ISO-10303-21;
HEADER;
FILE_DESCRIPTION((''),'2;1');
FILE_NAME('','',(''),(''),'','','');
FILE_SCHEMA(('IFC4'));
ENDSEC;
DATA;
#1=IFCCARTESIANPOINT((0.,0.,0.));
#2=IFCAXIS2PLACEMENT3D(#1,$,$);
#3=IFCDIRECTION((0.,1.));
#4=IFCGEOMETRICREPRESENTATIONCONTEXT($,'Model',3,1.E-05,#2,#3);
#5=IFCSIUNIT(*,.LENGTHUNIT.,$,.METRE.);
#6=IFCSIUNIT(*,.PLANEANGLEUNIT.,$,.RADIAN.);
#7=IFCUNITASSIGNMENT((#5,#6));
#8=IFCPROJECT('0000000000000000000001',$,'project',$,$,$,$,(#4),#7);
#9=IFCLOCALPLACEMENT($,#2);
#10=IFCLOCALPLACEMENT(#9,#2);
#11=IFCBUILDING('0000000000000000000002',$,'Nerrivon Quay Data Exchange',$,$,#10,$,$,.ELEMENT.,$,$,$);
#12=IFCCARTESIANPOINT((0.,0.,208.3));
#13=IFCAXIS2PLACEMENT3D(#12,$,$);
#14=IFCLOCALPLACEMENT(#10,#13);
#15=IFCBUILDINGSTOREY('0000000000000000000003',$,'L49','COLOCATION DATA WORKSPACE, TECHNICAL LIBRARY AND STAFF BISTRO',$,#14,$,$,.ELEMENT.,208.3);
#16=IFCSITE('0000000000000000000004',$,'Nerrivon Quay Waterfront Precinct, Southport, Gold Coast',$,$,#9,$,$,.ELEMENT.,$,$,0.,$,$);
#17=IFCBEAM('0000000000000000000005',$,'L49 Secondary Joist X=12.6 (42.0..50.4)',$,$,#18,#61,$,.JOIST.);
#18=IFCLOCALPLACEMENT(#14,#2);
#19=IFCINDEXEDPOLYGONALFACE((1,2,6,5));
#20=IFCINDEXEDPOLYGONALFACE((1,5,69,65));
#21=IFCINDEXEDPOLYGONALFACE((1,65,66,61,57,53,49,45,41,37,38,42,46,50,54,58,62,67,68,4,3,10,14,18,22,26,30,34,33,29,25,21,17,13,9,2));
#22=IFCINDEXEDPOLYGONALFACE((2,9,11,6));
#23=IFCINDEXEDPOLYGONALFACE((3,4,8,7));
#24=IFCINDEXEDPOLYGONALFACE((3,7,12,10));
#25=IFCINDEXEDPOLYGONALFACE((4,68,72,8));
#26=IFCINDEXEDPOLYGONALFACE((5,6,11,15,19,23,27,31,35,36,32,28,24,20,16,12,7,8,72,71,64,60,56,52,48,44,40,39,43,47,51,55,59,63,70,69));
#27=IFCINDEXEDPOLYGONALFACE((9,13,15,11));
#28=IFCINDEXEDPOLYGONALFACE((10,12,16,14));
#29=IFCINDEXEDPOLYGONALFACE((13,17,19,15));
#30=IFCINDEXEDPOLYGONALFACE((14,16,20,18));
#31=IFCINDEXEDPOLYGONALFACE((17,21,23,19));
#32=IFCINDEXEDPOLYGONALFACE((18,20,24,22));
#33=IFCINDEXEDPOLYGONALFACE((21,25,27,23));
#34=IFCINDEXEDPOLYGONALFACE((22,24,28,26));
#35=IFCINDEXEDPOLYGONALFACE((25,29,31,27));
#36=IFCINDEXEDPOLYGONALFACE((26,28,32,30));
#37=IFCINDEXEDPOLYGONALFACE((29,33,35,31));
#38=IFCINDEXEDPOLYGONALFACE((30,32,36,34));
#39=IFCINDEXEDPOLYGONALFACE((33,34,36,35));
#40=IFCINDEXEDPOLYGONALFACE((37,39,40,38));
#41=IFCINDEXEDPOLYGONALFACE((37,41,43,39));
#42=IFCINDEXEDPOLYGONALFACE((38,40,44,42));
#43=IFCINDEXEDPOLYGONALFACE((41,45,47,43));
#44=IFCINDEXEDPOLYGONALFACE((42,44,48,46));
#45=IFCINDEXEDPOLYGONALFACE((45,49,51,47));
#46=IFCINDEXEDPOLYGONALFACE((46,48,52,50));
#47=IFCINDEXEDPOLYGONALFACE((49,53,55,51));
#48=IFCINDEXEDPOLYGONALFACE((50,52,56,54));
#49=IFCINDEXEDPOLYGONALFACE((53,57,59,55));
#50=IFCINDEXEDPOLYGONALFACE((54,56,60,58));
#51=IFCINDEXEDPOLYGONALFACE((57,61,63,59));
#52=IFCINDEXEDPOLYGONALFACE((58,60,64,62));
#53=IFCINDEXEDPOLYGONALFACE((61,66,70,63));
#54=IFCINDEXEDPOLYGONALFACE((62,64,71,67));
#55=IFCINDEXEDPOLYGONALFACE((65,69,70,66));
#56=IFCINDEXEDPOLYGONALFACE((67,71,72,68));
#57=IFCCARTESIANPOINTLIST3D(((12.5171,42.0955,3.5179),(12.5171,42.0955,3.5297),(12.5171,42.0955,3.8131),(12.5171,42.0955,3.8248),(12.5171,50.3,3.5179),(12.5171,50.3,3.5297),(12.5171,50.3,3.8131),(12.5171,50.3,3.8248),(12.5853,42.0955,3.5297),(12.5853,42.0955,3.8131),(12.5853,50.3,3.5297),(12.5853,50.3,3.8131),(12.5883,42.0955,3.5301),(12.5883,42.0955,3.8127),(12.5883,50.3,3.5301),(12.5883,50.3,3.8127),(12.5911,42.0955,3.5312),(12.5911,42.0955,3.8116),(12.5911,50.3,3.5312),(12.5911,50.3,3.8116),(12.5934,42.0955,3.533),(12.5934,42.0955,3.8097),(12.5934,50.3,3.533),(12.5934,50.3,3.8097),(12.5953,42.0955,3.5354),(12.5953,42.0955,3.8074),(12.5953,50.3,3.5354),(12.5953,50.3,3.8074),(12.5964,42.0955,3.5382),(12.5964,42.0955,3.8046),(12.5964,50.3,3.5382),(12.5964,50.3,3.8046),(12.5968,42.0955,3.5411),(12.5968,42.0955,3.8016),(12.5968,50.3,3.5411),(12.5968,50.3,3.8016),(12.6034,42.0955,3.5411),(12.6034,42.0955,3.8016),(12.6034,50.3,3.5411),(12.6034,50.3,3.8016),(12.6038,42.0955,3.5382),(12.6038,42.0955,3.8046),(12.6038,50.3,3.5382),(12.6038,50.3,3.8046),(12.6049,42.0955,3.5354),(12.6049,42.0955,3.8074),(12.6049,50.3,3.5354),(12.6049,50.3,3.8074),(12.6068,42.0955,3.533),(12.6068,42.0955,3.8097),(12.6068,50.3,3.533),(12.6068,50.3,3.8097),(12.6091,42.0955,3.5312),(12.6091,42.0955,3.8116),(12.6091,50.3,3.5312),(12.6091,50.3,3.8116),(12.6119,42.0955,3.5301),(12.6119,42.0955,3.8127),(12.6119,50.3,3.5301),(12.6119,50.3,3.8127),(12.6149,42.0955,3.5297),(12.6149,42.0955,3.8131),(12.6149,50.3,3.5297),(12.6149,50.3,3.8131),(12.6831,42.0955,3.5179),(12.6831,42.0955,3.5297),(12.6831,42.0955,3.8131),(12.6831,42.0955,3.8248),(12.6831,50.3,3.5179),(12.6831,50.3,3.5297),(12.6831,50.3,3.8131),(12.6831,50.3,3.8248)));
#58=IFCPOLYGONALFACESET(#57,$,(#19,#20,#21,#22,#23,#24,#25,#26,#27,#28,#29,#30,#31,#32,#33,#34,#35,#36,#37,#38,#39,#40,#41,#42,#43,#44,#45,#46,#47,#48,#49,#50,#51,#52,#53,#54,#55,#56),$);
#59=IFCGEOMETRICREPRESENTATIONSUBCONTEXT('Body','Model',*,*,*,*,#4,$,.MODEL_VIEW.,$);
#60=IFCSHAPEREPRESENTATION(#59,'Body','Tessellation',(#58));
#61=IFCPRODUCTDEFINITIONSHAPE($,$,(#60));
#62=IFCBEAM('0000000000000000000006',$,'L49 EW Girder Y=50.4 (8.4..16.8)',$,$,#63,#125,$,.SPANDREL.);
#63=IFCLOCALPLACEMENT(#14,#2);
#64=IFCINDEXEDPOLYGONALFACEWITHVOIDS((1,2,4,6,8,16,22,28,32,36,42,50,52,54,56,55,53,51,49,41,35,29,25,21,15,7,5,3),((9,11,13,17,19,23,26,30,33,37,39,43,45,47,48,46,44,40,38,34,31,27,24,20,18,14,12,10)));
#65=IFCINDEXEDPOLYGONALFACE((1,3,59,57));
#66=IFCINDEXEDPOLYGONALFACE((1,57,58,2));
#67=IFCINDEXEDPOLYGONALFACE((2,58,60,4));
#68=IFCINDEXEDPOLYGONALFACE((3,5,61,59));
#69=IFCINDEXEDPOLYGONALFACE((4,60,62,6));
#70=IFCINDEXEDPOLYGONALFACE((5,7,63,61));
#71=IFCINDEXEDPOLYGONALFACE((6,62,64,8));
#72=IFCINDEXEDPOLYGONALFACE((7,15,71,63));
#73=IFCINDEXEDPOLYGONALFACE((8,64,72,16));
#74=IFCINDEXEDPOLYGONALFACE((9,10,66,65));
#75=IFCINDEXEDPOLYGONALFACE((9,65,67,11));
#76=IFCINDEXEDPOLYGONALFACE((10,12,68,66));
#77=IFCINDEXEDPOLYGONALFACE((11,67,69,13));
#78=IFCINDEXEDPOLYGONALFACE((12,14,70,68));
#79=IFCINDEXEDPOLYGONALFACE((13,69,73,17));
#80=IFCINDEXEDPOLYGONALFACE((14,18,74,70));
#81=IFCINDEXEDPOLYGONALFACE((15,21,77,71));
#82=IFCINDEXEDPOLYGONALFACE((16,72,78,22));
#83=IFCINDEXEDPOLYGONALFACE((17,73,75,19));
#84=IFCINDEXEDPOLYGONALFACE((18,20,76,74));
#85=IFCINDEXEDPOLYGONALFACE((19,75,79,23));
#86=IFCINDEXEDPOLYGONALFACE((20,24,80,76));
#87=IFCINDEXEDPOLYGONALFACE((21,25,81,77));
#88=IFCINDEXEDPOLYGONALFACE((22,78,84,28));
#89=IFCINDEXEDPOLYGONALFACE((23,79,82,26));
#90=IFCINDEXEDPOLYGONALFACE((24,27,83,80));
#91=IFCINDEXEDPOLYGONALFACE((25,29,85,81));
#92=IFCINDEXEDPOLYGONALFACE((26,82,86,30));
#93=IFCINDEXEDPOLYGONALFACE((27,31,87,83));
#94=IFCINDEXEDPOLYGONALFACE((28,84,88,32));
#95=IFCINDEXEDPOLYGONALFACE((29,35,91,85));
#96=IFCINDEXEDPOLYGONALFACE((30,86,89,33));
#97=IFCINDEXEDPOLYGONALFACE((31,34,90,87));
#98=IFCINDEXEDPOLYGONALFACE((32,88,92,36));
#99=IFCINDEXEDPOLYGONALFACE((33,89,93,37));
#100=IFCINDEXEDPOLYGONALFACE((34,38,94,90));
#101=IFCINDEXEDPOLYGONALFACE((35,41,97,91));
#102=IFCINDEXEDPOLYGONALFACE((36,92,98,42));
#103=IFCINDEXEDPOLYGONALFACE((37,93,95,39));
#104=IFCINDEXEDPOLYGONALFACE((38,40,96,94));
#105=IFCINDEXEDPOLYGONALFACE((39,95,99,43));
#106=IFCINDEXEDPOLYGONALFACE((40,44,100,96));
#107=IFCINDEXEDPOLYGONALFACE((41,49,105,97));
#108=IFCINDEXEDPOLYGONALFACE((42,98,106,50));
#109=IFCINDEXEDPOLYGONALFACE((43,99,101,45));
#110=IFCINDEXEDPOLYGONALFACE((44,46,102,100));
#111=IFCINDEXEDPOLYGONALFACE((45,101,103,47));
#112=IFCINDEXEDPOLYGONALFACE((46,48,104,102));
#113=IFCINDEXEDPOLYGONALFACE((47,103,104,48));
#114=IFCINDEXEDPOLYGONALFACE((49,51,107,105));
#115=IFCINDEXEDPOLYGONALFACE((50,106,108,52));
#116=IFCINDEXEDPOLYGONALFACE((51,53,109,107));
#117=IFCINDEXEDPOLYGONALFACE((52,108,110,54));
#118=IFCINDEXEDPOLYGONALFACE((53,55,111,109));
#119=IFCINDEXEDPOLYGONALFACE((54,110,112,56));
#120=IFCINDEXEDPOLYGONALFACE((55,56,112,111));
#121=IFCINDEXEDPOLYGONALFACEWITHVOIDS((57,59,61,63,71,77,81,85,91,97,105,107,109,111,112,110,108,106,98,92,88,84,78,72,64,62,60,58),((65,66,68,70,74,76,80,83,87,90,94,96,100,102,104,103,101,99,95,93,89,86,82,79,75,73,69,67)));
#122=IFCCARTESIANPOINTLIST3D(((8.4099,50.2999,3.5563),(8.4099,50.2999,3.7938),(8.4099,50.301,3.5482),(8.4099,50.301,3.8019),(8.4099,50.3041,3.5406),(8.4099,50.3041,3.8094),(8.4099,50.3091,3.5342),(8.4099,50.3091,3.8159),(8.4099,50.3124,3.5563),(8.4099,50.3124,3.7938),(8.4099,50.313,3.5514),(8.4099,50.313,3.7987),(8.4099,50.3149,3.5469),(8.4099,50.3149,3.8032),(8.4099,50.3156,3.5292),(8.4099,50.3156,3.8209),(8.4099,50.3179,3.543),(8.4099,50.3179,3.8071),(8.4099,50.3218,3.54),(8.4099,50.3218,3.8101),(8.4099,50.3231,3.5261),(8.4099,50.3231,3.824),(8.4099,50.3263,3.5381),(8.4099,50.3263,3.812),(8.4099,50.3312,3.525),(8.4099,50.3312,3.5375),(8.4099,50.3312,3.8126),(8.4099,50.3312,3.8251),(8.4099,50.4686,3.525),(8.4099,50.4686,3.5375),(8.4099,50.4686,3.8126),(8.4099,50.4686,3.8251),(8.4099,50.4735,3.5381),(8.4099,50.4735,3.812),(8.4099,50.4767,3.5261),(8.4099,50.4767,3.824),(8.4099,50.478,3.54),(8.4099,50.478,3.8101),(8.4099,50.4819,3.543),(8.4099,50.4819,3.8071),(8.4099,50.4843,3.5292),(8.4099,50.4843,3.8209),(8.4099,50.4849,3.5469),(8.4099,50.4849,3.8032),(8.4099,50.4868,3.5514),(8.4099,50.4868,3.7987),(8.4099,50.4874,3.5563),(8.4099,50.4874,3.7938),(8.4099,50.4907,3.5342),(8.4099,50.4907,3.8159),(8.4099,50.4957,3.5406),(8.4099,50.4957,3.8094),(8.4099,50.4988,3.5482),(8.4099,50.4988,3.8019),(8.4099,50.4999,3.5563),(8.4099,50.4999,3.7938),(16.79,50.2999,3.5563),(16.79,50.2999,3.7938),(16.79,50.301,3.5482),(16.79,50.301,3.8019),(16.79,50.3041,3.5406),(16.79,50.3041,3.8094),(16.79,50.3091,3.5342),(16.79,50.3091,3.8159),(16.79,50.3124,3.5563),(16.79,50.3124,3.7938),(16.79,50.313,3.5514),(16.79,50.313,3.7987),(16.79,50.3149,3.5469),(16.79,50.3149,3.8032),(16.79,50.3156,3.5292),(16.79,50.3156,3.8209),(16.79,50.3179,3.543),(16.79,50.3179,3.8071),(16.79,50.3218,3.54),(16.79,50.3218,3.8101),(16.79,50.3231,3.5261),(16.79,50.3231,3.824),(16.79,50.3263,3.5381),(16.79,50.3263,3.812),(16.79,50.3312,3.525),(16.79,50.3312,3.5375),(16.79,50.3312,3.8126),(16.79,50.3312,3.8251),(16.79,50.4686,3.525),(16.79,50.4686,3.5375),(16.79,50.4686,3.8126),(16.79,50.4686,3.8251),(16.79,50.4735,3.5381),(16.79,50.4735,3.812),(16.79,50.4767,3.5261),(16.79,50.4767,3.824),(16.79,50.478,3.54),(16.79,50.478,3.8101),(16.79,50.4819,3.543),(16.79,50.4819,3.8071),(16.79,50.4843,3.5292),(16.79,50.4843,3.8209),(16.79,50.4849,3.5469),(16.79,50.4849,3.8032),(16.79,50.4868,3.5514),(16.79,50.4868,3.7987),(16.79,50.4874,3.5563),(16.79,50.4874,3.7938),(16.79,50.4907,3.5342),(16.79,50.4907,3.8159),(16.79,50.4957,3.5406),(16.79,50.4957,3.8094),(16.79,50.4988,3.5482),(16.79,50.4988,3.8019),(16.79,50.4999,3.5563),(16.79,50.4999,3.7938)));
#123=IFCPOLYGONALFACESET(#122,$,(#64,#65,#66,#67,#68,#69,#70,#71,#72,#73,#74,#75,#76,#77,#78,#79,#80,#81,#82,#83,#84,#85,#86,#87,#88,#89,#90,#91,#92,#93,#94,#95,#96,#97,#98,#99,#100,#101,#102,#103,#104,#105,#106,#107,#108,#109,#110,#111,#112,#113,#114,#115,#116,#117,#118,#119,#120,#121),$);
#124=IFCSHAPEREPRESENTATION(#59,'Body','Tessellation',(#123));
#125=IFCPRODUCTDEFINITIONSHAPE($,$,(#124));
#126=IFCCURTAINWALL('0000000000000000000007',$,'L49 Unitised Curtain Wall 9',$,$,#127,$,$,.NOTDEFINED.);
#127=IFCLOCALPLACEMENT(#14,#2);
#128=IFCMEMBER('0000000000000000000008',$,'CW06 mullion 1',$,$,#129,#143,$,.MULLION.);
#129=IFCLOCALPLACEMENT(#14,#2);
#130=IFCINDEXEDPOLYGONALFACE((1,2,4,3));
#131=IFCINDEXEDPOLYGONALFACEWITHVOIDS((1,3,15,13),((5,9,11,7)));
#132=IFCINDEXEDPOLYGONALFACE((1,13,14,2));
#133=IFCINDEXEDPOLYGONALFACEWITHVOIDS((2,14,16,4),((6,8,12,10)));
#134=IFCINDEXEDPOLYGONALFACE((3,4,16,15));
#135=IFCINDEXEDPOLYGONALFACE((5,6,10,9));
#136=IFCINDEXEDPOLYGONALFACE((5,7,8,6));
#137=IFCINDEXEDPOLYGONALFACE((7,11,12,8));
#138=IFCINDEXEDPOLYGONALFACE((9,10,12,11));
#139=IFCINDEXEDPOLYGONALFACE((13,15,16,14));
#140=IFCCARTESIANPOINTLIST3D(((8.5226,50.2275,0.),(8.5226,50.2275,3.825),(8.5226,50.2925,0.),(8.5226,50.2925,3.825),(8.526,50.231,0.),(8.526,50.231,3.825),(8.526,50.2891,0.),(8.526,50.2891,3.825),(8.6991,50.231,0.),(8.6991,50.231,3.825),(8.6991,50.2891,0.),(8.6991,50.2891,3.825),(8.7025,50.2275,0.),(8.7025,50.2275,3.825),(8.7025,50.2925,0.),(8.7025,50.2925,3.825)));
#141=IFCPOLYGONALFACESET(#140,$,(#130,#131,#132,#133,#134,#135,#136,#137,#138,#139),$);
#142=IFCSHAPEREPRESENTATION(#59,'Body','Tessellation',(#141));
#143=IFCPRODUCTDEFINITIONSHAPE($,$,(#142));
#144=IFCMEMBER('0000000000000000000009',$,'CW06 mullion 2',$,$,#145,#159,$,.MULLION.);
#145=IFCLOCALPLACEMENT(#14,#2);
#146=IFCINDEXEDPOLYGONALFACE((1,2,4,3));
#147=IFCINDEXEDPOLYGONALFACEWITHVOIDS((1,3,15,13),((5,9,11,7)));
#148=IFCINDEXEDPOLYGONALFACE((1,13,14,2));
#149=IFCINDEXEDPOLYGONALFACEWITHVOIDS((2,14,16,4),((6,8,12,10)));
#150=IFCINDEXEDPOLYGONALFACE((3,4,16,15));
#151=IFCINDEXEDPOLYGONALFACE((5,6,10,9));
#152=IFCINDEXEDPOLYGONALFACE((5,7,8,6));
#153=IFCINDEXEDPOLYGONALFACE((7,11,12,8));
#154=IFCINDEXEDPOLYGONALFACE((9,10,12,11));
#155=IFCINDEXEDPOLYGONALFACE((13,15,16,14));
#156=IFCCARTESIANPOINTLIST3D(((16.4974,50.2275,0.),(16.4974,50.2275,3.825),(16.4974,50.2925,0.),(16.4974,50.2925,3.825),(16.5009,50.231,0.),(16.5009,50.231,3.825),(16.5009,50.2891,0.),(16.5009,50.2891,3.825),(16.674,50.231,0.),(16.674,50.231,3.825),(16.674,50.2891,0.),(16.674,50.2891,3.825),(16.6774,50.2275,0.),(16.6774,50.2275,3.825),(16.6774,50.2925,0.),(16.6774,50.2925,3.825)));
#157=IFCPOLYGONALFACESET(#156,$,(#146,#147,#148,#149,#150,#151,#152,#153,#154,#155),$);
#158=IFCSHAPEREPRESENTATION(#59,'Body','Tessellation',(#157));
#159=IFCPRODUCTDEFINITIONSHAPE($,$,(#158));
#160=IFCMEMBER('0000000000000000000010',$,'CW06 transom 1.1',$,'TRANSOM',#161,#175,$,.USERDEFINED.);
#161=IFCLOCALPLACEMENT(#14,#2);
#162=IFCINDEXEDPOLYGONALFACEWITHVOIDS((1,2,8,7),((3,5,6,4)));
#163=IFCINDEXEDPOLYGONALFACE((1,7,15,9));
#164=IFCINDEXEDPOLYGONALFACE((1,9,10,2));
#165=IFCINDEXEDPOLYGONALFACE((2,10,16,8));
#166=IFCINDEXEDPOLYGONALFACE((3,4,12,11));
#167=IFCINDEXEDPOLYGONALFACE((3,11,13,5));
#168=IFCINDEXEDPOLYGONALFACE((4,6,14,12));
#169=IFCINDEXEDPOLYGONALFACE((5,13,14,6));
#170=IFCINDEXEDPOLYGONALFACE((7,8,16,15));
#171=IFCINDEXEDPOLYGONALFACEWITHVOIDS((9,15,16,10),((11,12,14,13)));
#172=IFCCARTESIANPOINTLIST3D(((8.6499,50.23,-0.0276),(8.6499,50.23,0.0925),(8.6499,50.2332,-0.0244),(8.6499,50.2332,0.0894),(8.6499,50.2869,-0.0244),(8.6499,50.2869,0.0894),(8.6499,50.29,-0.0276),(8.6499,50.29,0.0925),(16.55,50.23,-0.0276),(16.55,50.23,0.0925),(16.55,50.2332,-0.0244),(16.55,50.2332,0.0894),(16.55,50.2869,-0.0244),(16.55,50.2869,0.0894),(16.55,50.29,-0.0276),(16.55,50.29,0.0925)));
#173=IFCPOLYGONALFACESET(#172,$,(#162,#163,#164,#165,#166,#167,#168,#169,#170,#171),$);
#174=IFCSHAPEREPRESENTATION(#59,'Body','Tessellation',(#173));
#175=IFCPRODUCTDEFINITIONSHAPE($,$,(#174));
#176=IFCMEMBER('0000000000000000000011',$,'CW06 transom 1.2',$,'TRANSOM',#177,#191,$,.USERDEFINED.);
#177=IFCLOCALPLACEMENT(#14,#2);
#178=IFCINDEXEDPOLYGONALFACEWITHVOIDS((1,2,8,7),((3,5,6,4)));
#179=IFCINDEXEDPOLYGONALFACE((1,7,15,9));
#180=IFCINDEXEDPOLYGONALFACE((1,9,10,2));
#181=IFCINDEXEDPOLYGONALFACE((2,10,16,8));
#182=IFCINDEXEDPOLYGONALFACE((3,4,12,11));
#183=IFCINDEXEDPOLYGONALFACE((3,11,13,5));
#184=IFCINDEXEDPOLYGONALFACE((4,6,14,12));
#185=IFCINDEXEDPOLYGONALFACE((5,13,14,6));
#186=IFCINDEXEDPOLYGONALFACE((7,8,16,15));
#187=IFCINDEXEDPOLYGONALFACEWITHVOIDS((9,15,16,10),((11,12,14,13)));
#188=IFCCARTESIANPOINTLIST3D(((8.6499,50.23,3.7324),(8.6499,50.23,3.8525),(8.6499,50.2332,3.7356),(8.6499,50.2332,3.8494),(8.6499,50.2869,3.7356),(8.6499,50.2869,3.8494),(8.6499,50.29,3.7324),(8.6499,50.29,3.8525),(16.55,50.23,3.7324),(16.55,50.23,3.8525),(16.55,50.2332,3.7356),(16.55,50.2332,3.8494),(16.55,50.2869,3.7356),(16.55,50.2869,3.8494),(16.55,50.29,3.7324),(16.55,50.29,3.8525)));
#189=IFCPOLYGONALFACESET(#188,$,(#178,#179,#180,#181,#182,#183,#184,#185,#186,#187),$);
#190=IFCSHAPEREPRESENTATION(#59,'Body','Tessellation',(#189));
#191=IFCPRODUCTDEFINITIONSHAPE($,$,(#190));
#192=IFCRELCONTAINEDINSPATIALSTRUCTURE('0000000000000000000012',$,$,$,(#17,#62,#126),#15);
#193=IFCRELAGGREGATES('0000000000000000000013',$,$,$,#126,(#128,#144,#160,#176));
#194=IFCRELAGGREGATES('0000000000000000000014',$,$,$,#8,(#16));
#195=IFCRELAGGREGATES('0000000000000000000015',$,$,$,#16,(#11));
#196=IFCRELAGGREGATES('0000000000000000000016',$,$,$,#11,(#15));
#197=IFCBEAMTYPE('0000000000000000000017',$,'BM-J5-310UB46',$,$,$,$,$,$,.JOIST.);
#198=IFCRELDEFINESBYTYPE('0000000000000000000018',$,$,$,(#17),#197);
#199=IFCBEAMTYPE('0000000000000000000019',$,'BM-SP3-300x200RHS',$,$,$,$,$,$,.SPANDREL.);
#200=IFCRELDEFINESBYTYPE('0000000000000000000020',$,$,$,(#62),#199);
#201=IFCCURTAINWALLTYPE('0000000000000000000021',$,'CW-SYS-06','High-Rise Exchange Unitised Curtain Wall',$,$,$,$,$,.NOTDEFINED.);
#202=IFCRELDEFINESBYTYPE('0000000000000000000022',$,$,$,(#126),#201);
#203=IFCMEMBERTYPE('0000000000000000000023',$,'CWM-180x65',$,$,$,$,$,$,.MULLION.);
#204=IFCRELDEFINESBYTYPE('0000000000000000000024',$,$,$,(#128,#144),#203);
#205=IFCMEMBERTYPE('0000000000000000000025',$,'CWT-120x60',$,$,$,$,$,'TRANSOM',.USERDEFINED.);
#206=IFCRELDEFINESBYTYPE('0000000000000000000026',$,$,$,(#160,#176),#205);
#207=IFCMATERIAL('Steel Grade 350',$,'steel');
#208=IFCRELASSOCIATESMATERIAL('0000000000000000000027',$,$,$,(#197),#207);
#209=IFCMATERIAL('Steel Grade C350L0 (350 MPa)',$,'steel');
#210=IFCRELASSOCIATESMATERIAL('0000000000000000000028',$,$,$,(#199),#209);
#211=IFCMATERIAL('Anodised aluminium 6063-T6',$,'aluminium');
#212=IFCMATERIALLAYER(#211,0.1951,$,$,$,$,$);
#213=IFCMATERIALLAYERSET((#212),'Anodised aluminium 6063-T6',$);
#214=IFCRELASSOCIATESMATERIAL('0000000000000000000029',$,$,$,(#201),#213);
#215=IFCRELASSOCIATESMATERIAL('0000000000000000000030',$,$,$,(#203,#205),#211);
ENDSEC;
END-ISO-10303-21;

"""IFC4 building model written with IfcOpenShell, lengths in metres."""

from ifc_helpers import new_model, si_unit, direction, frame, origin, origin_2d, place, context, subcontext, project, spatial, hollow_rectangle, i_section, extrude, material, layer, layer_set, material_profile, profile_set, type_object, element, aggregate, save


model = new_model("IFC4")

# Units and contexts
model_context = context("Model", 3, precision=1e-05, world=origin(), true_north=direction((0.0, 1.0)))
body_context = subcontext(model_context, "Body", "Model", "MODEL_VIEW")
ifc_project = project(units=[si_unit("LENGTHUNIT", "METRE"), si_unit("PLANEANGLEUNIT", "RADIAN")], contexts=[model_context])

# Site, building, storey
site_placement = place(None, origin())
site = spatial("IfcSite", under=ifc_project, at=site_placement, Name="Nerrivon Quay Waterfront Precinct, Southport, Gold Coast", CompositionType="ELEMENT", RefElevation=0.0)
building_placement = place(site_placement, origin())
building = spatial("IfcBuilding", under=site, at=building_placement, Name="Nerrivon Quay Data Exchange", CompositionType="ELEMENT")
storey_placement = place(building_placement, frame((0.0, 0.0, 208.3)))
storey = spatial("IfcBuildingStorey", under=building, at=storey_placement, Name="L49", Description="COLOCATION DATA WORKSPACE, TECHNICAL LIBRARY AND STAFF BISTRO", CompositionType="ELEMENT", Elevation=208.3)

# Shared definitions
ifc_material_1 = material(Name="Steel Grade 350", Category="steel")

# Beams
ifc_material_profile_1 = material_profile(ifc_material_1, i_section(OverallWidth=0.166, OverallDepth=0.3069, WebThickness=0.0066, FlangeThickness=0.0117, FilletRadius=0.0115, at=origin_2d()), Name="310UB46.2")
ifc_profile_set_1 = profile_set([ifc_material_profile_1], Name="Steel Grade 350")
beam_type_1 = type_object("IfcBeamType", Name="BM-J5-310UB46", PredefinedType="JOIST", material=ifc_profile_set_1)
beam_1_placement = place(storey_placement, frame((12.6001, 42.0955, 3.6714), z_axis=(0.0, 1.0, 0.0), x_axis=(-1.0, 0.0, 0.0)))
element("IfcBeam", 1, at=beam_1_placement, inside=storey, type_object=beam_type_1, Name="L49 Secondary Joist X=12.6 (42.0..50.4)", PredefinedType="JOIST", context=body_context, shape_type="SweptSolid", body=[
    extrude(i_section(OverallWidth=0.166, OverallDepth=0.3069, WebThickness=0.0066, FlangeThickness=0.0117, FilletRadius=0.0115, at=origin_2d()), origin(), (0.0, 0.0, 1.0), 8.2046),
])
ifc_material_2 = material(Name="Steel Grade C350L0 (350 MPa)", Category="steel")
ifc_material_profile_2 = material_profile(ifc_material_2, hollow_rectangle(XDim=0.2, YDim=0.3, WallThickness=0.0125, InnerFilletRadius=0.0188, OuterFilletRadius=0.0312, at=origin_2d()), Name="300x200x12.5RHS")
ifc_profile_set_2 = profile_set([ifc_material_profile_2], Name="Steel Grade C350L0 (350 MPa)")
beam_type_2 = type_object("IfcBeamType", Name="BM-SP3-300x200RHS", PredefinedType="SPANDREL", material=ifc_profile_set_2)
beam_2_placement = place(storey_placement, frame((8.4099, 50.3999, 3.675), z_axis=(1.0, 0.0, 0.0), x_axis=(0.0, 1.0, 0.0)))
element("IfcBeam", 2, at=beam_2_placement, inside=storey, type_object=beam_type_2, Name="L49 EW Girder Y=50.4 (8.4..16.8)", PredefinedType="SPANDREL", context=body_context, shape_type="SweptSolid", body=[
    extrude(hollow_rectangle(XDim=0.2, YDim=0.3, WallThickness=0.0125, InnerFilletRadius=0.0188, OuterFilletRadius=0.0312, at=origin_2d()), origin(), (0.0, 0.0, 1.0), 8.3801),
])

# Curtain wall, members
ifc_material_3 = material(Name="Anodised aluminium 6063-T6", Category="aluminium")
ifc_layer_1 = layer(ifc_material_3, 0.1951)
ifc_layer_set_1 = layer_set([ifc_layer_1], Name="Anodised aluminium 6063-T6")
curtain_wall_type = type_object("IfcCurtainWallType", Name="CW-SYS-06", Description="High-Rise Exchange Unitised Curtain Wall", PredefinedType="NOTDEFINED", material=ifc_layer_set_1)
curtain_wall_placement = place(storey_placement, origin())
curtain_wall = element("IfcCurtainWall", 3, at=curtain_wall_placement, inside=storey, type_object=curtain_wall_type, Name="L49 Unitised Curtain Wall 9", PredefinedType="NOTDEFINED")
ifc_material_profile_3 = material_profile(ifc_material_3, hollow_rectangle(XDim=0.0649, YDim=0.1799, WallThickness=0.0034, at=origin_2d()), Name="ALU-MULL-180x65")
ifc_profile_set_3 = profile_set([ifc_material_profile_3], Name="Anodised aluminium 6063-T6")
member_type_1 = type_object("IfcMemberType", Name="CWM-180x65", PredefinedType="MULLION", material=ifc_profile_set_3)
member_1_placement = place(storey_placement, frame((8.6125, 50.26, 0.0), z_axis=(0.0, 0.0, 1.0), x_axis=(0.0, 1.0, 0.0)))
member_1 = element("IfcMember", 4, at=member_1_placement, type_object=member_type_1, Name="CW06 mullion 1", PredefinedType="MULLION", context=body_context, shape_type="SweptSolid", body=[
    extrude(hollow_rectangle(XDim=0.0649, YDim=0.1799, WallThickness=0.0034, at=origin_2d()), origin(), (0.0, 0.0, 1.0), 3.825),
])
member_2_placement = place(storey_placement, frame((16.5874, 50.26, 0.0), z_axis=(0.0, 0.0, 1.0), x_axis=(0.0, 1.0, 0.0)))
member_2 = element("IfcMember", 5, at=member_2_placement, type_object=member_type_1, Name="CW06 mullion 2", PredefinedType="MULLION", context=body_context, shape_type="SweptSolid", body=[
    extrude(hollow_rectangle(XDim=0.0649, YDim=0.1799, WallThickness=0.0034, at=origin_2d()), origin(), (0.0, 0.0, 1.0), 3.825),
])
ifc_material_profile_4 = material_profile(ifc_material_3, hollow_rectangle(XDim=0.0601, YDim=0.1201, WallThickness=0.0032, at=origin_2d()), Name="ALU-TRAN-120x60")
ifc_profile_set_4 = profile_set([ifc_material_profile_4], Name="Anodised aluminium 6063-T6")
member_type_2 = type_object("IfcMemberType", Name="CWT-120x60", ElementType="TRANSOM", PredefinedType="USERDEFINED", material=ifc_profile_set_4)
member_3_placement = place(storey_placement, frame((8.6499, 50.26, 0.0325), z_axis=(1.0, 0.0, 0.0), x_axis=(0.0, 1.0, 0.0)))
member_3 = element("IfcMember", 6, at=member_3_placement, type_object=member_type_2, Name="CW06 transom 1.1", ObjectType="TRANSOM", PredefinedType="USERDEFINED", context=body_context, shape_type="SweptSolid", body=[
    extrude(hollow_rectangle(XDim=0.0601, YDim=0.1201, WallThickness=0.0032, at=origin_2d()), origin(), (0.0, 0.0, 1.0), 7.9001),
])
member_4_placement = place(storey_placement, frame((8.6499, 50.26, 3.7925), z_axis=(1.0, 0.0, 0.0), x_axis=(0.0, 1.0, 0.0)))
member_4 = element("IfcMember", 7, at=member_4_placement, type_object=member_type_2, Name="CW06 transom 1.2", ObjectType="TRANSOM", PredefinedType="USERDEFINED", context=body_context, shape_type="SweptSolid", body=[
    extrude(hollow_rectangle(XDim=0.0601, YDim=0.1201, WallThickness=0.0032, at=origin_2d()), origin(), (0.0, 0.0, 1.0), 7.9001),
])
aggregate(curtain_wall, [member_1, member_2, member_3, member_4])

save(model, "model.ifc")
